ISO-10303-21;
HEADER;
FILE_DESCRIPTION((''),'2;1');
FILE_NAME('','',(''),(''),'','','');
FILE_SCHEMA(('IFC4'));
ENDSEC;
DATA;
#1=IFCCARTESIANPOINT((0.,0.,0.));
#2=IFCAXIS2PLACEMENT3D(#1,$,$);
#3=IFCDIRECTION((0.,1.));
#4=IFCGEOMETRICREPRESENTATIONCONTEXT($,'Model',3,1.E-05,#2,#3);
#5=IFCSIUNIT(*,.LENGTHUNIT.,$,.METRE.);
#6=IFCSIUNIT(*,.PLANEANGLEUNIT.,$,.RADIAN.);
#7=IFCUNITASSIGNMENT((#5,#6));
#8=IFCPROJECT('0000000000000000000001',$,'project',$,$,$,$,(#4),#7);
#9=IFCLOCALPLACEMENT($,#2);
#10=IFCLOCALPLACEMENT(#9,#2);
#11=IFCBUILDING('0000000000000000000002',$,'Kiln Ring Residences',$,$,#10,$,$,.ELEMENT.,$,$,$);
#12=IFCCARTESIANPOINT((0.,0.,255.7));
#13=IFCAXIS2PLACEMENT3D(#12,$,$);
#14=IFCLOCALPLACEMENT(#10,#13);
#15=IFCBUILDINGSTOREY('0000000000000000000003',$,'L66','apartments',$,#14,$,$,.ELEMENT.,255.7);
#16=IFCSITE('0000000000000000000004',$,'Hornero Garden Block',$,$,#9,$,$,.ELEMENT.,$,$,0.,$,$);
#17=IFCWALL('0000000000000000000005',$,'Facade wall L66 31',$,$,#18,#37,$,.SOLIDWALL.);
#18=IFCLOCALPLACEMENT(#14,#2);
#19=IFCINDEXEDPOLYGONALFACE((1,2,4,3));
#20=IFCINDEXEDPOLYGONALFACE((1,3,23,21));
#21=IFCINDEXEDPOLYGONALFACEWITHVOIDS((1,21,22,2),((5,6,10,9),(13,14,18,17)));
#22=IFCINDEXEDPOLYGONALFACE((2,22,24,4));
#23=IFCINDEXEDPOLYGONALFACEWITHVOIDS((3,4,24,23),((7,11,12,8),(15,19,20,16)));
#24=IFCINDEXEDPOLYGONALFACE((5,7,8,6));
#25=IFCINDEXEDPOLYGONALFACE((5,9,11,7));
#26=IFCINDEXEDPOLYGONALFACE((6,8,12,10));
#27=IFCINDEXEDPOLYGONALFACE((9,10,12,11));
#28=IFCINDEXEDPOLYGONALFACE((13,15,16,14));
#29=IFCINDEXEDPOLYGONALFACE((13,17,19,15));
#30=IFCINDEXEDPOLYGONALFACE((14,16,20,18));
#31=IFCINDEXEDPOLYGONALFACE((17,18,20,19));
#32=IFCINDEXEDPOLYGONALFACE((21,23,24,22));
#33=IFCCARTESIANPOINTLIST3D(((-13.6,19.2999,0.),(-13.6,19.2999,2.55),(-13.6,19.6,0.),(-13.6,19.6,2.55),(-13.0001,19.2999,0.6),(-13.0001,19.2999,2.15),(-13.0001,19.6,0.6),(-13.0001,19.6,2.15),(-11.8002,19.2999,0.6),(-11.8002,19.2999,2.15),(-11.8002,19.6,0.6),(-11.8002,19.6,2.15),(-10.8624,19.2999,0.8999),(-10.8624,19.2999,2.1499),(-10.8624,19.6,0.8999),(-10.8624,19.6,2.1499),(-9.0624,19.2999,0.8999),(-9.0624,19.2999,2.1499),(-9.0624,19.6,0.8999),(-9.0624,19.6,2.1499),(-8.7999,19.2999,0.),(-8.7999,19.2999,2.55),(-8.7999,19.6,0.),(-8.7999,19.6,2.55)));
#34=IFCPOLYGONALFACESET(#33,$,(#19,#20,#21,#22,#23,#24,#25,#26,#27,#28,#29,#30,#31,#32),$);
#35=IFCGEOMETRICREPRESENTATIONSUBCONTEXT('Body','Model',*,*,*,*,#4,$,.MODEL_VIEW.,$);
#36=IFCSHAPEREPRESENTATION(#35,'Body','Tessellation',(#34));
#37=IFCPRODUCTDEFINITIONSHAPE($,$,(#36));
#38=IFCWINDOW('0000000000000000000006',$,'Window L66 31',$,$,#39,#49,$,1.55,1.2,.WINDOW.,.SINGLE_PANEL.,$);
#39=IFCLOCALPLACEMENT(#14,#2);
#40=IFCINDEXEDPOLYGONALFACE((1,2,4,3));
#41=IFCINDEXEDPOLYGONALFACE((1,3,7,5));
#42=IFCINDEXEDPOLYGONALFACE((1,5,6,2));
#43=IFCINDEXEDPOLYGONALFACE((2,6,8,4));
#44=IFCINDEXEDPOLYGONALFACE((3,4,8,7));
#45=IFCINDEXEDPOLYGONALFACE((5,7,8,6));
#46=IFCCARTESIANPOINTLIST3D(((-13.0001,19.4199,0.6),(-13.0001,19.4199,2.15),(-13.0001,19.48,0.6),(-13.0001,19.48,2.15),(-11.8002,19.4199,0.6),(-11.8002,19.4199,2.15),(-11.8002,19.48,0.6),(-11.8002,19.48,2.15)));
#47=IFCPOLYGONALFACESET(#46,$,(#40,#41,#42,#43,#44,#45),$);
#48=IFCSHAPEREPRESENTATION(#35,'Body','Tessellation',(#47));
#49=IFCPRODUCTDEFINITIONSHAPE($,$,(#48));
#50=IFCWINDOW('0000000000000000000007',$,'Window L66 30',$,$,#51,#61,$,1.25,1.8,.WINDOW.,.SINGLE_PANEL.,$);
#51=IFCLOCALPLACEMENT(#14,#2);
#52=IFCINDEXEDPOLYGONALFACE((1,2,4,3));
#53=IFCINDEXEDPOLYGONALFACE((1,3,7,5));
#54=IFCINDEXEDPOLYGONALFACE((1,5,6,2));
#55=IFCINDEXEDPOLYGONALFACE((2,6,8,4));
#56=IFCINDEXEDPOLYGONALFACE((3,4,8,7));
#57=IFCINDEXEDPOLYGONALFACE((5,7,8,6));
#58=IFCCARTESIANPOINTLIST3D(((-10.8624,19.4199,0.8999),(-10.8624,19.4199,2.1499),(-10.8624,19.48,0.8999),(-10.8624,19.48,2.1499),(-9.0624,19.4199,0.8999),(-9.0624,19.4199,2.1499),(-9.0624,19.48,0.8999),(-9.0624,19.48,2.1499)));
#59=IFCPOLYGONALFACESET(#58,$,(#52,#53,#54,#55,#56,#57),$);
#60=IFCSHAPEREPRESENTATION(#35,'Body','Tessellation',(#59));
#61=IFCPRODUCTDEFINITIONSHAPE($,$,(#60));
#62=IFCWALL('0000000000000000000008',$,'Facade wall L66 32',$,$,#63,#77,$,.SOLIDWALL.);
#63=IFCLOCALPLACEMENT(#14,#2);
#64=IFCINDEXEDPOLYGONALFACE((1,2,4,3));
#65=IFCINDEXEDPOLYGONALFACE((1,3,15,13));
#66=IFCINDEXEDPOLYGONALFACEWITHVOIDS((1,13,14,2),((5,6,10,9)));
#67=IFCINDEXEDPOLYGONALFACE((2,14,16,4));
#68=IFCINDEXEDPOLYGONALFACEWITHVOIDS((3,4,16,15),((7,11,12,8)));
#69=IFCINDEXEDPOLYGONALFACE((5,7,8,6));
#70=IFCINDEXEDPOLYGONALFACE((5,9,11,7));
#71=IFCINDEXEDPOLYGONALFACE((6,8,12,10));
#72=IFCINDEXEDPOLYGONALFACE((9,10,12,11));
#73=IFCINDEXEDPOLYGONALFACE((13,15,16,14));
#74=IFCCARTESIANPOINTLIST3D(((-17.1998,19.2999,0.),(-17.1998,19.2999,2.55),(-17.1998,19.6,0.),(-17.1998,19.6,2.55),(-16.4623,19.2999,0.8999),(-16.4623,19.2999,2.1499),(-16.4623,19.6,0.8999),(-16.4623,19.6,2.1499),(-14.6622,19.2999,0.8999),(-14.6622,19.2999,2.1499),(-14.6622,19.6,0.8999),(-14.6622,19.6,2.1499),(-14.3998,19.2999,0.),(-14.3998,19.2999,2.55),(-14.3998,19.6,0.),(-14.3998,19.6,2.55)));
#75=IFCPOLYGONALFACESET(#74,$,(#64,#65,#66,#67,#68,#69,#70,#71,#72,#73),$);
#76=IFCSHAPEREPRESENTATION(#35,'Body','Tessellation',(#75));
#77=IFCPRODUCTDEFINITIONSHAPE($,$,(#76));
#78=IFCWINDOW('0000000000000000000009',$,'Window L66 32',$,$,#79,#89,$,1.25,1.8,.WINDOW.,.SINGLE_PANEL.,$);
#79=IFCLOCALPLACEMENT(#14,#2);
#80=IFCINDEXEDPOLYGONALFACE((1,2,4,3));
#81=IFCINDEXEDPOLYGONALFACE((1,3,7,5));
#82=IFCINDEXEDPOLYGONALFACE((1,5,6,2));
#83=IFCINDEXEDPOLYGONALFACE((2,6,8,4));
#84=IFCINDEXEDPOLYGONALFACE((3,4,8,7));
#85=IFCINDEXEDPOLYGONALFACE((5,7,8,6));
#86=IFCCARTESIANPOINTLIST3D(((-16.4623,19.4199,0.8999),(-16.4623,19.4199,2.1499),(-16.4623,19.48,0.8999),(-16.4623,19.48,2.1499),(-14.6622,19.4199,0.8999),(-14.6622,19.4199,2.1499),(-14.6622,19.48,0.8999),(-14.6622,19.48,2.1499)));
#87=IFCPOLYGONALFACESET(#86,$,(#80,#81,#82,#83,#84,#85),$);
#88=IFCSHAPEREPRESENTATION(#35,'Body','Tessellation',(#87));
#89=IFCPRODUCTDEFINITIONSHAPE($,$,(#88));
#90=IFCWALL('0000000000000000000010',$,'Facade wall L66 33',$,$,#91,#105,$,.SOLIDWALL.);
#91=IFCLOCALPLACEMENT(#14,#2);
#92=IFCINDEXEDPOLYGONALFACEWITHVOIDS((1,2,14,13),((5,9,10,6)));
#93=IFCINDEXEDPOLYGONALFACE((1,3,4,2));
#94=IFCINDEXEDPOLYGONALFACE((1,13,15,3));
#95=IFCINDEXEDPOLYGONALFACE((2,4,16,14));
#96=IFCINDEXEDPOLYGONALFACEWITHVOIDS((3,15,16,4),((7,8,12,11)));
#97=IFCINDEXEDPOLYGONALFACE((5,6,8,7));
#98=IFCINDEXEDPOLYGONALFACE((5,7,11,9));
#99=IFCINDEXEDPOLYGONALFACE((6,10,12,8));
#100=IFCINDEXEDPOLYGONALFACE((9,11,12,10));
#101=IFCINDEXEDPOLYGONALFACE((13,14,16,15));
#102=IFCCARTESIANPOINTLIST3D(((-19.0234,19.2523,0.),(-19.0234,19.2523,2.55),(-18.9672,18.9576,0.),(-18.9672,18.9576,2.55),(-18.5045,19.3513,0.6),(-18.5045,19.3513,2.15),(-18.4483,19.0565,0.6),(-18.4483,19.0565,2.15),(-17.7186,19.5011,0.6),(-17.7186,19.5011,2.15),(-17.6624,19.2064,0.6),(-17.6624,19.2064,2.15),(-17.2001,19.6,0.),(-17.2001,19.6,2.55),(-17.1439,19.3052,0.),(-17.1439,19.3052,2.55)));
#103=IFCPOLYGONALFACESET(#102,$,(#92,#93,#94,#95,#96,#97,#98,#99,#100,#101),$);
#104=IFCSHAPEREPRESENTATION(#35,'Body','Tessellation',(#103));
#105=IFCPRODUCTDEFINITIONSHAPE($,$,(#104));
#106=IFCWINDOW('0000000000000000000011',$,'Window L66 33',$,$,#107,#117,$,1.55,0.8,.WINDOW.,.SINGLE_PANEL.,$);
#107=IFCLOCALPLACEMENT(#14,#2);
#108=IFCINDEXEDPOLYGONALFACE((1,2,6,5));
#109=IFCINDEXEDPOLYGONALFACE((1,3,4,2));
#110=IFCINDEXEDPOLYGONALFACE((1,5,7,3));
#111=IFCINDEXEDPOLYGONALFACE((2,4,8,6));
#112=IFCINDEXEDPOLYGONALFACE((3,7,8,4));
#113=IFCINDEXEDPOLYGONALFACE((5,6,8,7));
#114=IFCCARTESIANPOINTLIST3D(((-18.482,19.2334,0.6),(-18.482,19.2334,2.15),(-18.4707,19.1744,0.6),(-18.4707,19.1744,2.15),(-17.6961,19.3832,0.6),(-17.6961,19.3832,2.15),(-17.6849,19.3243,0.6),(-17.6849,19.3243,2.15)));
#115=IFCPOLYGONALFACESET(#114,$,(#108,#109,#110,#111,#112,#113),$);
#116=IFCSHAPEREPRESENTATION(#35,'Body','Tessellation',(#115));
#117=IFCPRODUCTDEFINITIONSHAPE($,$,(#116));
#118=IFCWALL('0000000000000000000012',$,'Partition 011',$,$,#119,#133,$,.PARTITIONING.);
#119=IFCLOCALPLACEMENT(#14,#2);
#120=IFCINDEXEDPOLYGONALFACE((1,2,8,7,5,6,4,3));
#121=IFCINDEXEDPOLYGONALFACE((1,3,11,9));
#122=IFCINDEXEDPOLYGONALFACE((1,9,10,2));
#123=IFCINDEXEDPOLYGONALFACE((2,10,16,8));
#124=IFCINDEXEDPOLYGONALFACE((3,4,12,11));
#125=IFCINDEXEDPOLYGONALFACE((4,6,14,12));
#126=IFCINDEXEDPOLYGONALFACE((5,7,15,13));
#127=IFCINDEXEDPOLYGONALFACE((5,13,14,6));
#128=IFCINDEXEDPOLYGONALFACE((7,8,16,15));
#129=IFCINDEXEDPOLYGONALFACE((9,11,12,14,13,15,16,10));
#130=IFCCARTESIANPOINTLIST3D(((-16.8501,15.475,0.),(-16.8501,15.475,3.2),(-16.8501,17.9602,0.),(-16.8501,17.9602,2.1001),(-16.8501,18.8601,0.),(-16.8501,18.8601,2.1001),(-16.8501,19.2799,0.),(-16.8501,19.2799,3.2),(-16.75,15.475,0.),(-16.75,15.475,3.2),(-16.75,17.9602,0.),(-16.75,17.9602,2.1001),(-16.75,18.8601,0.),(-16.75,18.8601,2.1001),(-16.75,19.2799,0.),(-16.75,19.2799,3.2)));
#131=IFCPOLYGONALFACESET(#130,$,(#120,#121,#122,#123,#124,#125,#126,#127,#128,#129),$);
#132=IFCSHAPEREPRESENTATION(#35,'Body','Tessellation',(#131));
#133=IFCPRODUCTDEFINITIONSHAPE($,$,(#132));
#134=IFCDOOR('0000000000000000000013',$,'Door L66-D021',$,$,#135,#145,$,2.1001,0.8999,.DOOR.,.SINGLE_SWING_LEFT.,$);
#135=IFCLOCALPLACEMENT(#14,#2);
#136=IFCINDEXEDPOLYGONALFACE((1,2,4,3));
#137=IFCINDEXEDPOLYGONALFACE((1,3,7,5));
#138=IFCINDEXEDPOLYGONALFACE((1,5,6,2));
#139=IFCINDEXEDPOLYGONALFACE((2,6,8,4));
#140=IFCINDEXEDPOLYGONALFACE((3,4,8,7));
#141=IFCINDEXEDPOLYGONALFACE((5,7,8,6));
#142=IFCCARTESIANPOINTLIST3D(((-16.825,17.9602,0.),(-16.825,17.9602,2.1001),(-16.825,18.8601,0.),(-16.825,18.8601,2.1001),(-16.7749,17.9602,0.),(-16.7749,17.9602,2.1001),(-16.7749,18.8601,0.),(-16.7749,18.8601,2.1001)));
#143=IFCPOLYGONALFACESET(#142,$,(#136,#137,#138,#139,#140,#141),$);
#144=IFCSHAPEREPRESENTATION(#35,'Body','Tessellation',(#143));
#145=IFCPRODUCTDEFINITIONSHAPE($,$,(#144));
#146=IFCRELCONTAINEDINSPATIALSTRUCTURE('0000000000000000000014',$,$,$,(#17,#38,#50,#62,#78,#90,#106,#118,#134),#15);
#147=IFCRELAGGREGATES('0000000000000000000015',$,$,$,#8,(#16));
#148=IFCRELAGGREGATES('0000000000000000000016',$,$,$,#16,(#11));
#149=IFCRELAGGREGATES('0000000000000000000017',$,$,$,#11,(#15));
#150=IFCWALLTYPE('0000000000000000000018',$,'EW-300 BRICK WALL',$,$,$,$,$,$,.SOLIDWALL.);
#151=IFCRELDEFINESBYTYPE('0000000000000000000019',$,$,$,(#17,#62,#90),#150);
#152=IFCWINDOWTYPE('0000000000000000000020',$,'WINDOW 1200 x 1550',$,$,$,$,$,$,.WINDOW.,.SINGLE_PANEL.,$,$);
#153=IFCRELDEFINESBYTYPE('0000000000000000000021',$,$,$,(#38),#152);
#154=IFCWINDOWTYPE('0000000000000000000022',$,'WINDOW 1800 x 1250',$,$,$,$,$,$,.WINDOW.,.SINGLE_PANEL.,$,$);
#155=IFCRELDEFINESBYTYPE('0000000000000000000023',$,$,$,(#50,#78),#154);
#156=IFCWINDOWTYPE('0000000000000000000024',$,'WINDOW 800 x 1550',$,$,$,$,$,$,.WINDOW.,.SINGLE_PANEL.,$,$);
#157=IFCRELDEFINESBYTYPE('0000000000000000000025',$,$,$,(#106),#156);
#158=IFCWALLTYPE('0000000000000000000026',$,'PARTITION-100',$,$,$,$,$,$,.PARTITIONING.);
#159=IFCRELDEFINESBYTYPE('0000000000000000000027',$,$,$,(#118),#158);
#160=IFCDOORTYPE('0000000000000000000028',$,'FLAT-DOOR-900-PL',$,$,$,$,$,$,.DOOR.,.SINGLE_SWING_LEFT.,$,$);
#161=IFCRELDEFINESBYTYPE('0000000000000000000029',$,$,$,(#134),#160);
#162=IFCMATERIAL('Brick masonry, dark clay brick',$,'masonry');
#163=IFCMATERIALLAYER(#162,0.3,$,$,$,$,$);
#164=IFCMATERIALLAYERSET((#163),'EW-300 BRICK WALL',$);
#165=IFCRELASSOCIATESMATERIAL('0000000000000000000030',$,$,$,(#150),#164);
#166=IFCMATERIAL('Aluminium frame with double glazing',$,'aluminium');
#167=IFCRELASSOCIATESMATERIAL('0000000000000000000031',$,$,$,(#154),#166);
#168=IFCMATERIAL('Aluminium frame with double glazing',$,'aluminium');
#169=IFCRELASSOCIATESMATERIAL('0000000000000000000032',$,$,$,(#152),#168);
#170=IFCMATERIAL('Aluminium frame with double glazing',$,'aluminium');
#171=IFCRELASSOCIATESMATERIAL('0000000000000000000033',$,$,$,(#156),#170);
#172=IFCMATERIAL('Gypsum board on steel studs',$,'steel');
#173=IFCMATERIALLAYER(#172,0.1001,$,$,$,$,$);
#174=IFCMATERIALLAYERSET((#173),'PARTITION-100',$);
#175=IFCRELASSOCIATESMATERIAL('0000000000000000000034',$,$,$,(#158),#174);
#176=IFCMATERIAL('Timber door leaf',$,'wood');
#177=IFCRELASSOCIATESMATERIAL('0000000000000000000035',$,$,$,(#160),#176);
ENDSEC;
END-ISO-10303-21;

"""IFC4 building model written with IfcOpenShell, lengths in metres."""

from ifc_helpers import new_model, si_unit, direction, frame, frame_2d, origin, place, context, subcontext, project, spatial, rectangle, extrude, material, layer, layer_set, type_object, element, fill, save


model = new_model("IFC4")

# Units and contexts
model_context = context("Model", 3, precision=1e-05, world=origin(), true_north=direction((0.0, 1.0)))
body_context = subcontext(model_context, "Body", "Model", "MODEL_VIEW")
ifc_project = project(units=[si_unit("LENGTHUNIT", "METRE"), si_unit("PLANEANGLEUNIT", "RADIAN")], contexts=[model_context])

# Site, building, storey
site_placement = place(None, origin())
site = spatial("IfcSite", under=ifc_project, at=site_placement, Name="Hornero Garden Block", CompositionType="ELEMENT", RefElevation=0.0)
building_placement = place(site_placement, origin())
building = spatial("IfcBuilding", under=site, at=building_placement, Name="Kiln Ring Residences", CompositionType="ELEMENT")
storey_placement = place(building_placement, frame((0.0, 0.0, 255.7)))
storey = spatial("IfcBuildingStorey", under=building, at=storey_placement, Name="L66", Description="apartments", CompositionType="ELEMENT", Elevation=255.7)

# Wall, openings, windows
ifc_material_1 = material(Name="Brick masonry, dark clay brick", Category="masonry")
ifc_layer_1 = layer(ifc_material_1, 0.3)
ifc_layer_set_1 = layer_set([ifc_layer_1], Name="EW-300 BRICK WALL")
wall_type_1 = type_object("IfcWallType", Name="EW-300 BRICK WALL", PredefinedType="SOLIDWALL", material=ifc_layer_set_1)
ifc_material_2 = material(Name="Aluminium frame with double glazing", Category="aluminium")
window_type_1 = type_object("IfcWindowType", Name="WINDOW 1800 x 1250", PartitioningType="SINGLE_PANEL", PredefinedType="WINDOW", material=ifc_material_2)
wall_1_placement = place(storey_placement, frame((-8.8, 19.45, 0.0), z_axis=(0.0, 0.0, 1.0), x_axis=(-1.0, 0.0, 0.0)))
wall_1 = element("IfcWall", 1, at=wall_1_placement, inside=storey, type_object=wall_type_1, Name="Facade wall L66 31", PredefinedType="SOLIDWALL", context=body_context, shape_type="SweptSolid", body=[
    extrude(rectangle(XDim=4.8, YDim=0.3, at=frame_2d((2.3999, 0.0))), origin(), (0.0, 0.0, 1.0), 2.55),
])
opening_1_placement = place(wall_1_placement, frame((0.2625, 0.0, 0.8999)))
opening_1 = element("IfcOpeningElement", 2, at=opening_1_placement, cuts=wall_1, PredefinedType="OPENING", context=body_context, shape_type="SweptSolid", body=[
    extrude(rectangle(XDim=1.8, YDim=1.25, at=frame_2d((0.8999, 0.625))), frame((0.0, 0.1599, 0.0), z_axis=(0.0, -1.0, 0.0), x_axis=(1.0, 0.0, 0.0)), (0.0, 0.0, 1.0), 0.3201),
])
opening_2_placement = place(wall_1_placement, frame((3.0, 0.0, 0.6001)))
opening_2 = element("IfcOpeningElement", 3, at=opening_2_placement, cuts=wall_1, PredefinedType="OPENING", context=body_context, shape_type="SweptSolid", body=[
    extrude(rectangle(XDim=1.2, YDim=1.55, at=frame_2d((0.6001, 0.7749))), frame((0.0, 0.1599, 0.0), z_axis=(0.0, -1.0, 0.0), x_axis=(1.0, 0.0, 0.0)), (0.0, 0.0, 1.0), 0.3201),
])
ifc_material_3 = material(Name="Aluminium frame with double glazing", Category="aluminium")
window_type_2 = type_object("IfcWindowType", Name="WINDOW 1200 x 1550", PartitioningType="SINGLE_PANEL", PredefinedType="WINDOW", material=ifc_material_3)
window_1_placement = place(opening_2_placement, origin())
window_1 = element("IfcWindow", 4, at=window_1_placement, inside=storey, type_object=window_type_2, Name="Window L66 31", OverallHeight=1.55, OverallWidth=1.2, PartitioningType="SINGLE_PANEL", PredefinedType="WINDOW", context=body_context, shape_type="SweptSolid", body=[
    extrude(rectangle(XDim=1.2, YDim=1.55, at=frame_2d((0.6001, 0.7749))), frame((0.0, 0.03, 0.0), z_axis=(0.0, -1.0, 0.0), x_axis=(1.0, 0.0, 0.0)), (0.0, 0.0, 1.0), 0.0601),
])
fill(opening_2, window_1)
window_2_placement = place(opening_1_placement, origin())
window_2 = element("IfcWindow", 5, at=window_2_placement, inside=storey, type_object=window_type_1, Name="Window L66 30", OverallHeight=1.25, OverallWidth=1.8, PartitioningType="SINGLE_PANEL", PredefinedType="WINDOW", context=body_context, shape_type="SweptSolid", body=[
    extrude(rectangle(XDim=1.8, YDim=1.25, at=frame_2d((0.8999, 0.625))), frame((0.0, 0.03, 0.0), z_axis=(0.0, -1.0, 0.0), x_axis=(1.0, 0.0, 0.0)), (0.0, 0.0, 1.0), 0.0601),
])
fill(opening_1, window_2)

# Walls, openings, windows
wall_2_placement = place(storey_placement, frame((-14.3999, 19.45, 0.0), z_axis=(0.0, 0.0, 1.0), x_axis=(-1.0, 0.0, 0.0)))
wall_2 = element("IfcWall", 6, at=wall_2_placement, inside=storey, type_object=wall_type_1, Name="Facade wall L66 32", PredefinedType="SOLIDWALL", context=body_context, shape_type="SweptSolid", body=[
    extrude(rectangle(XDim=2.8, YDim=0.3, at=frame_2d((1.3999, 0.0))), origin(), (0.0, 0.0, 1.0), 2.55),
])
opening_3_placement = place(wall_2_placement, frame((0.2625, 0.0, 0.8999)))
opening_3 = element("IfcOpeningElement", 7, at=opening_3_placement, cuts=wall_2, PredefinedType="OPENING", context=body_context, shape_type="SweptSolid", body=[
    extrude(rectangle(XDim=1.8, YDim=1.25, at=frame_2d((0.8999, 0.625))), frame((0.0, 0.1599, 0.0), z_axis=(0.0, -1.0, 0.0), x_axis=(1.0, 0.0, 0.0)), (0.0, 0.0, 1.0), 0.3201),
])
window_3_placement = place(opening_3_placement, origin())
window_3 = element("IfcWindow", 8, at=window_3_placement, inside=storey, type_object=window_type_1, Name="Window L66 32", OverallHeight=1.25, OverallWidth=1.8, PartitioningType="SINGLE_PANEL", PredefinedType="WINDOW", context=body_context, shape_type="SweptSolid", body=[
    extrude(rectangle(XDim=1.8, YDim=1.25, at=frame_2d((0.8999, 0.625))), frame((0.0, 0.03, 0.0), z_axis=(0.0, -1.0, 0.0), x_axis=(1.0, 0.0, 0.0)), (0.0, 0.0, 1.0), 0.0601),
])
fill(opening_3, window_3)
wall_3_placement = place(storey_placement, frame((-17.1719, 19.4526, 0.0), z_axis=(0.0, 0.0, 1.0), x_axis=(-0.982302, -0.187306, 0.0)))
wall_3 = element("IfcWall", 9, at=wall_3_placement, inside=storey, type_object=wall_type_1, Name="Facade wall L66 33", PredefinedType="SOLIDWALL", context=body_context, shape_type="SweptSolid", body=[
    extrude(rectangle(XDim=1.8562, YDim=0.3, at=frame_2d((0.9282, 0.0))), origin(), (0.0, 0.0, 1.0), 2.55),
])
opening_4_placement = place(wall_3_placement, frame((0.5281, 0.0, 0.6001)))
opening_4 = element("IfcOpeningElement", 10, at=opening_4_placement, cuts=wall_3, PredefinedType="OPENING", context=body_context, shape_type="SweptSolid", body=[
    extrude(rectangle(XDim=0.8, YDim=1.55, at=frame_2d((0.3999, 0.7749))), frame((0.0, 0.1599, 0.0), z_axis=(0.0, -1.0, 0.0), x_axis=(1.0, 0.0, 0.0)), (0.0, 0.0, 1.0), 0.3201),
])
ifc_material_4 = material(Name="Aluminium frame with double glazing", Category="aluminium")
window_type_3 = type_object("IfcWindowType", Name="WINDOW 800 x 1550", PartitioningType="SINGLE_PANEL", PredefinedType="WINDOW", material=ifc_material_4)
window_4_placement = place(opening_4_placement, origin())
window_4 = element("IfcWindow", 11, at=window_4_placement, inside=storey, type_object=window_type_3, Name="Window L66 33", OverallHeight=1.55, OverallWidth=0.8, PartitioningType="SINGLE_PANEL", PredefinedType="WINDOW", context=body_context, shape_type="SweptSolid", body=[
    extrude(rectangle(XDim=0.8, YDim=1.55, at=frame_2d((0.3999, 0.7749))), frame((0.0, 0.03, 0.0), z_axis=(0.0, -1.0, 0.0), x_axis=(1.0, 0.0, 0.0)), (0.0, 0.0, 1.0), 0.0601),
])
fill(opening_4, window_4)

# Wall, opening, door
ifc_material_5 = material(Name="Gypsum board on steel studs", Category="steel")
ifc_layer_2 = layer(ifc_material_5, 0.1001)
ifc_layer_set_2 = layer_set([ifc_layer_2], Name="PARTITION-100")
wall_type_2 = type_object("IfcWallType", Name="PARTITION-100", PredefinedType="PARTITIONING", material=ifc_layer_set_2)
wall_4_placement = place(storey_placement, frame((-16.8, 15.4751, 0.0), z_axis=(0.0, 0.0, 1.0), x_axis=(0.0, 1.0, 0.0)))
wall_4 = element("IfcWall", 12, at=wall_4_placement, inside=storey, type_object=wall_type_2, Name="Partition 011", PredefinedType="PARTITIONING", context=body_context, shape_type="SweptSolid", body=[
    extrude(rectangle(XDim=3.8049, YDim=0.1001, at=frame_2d((1.9023, 0.0))), origin(), (0.0, 0.0, 1.0), 3.2),
])
opening_5_placement = place(wall_4_placement, frame((2.4851, 0.0, 0.0)))
opening_5 = element("IfcOpeningElement", 13, at=opening_5_placement, cuts=wall_4, PredefinedType="OPENING", context=body_context, shape_type="SweptSolid", body=[
    extrude(rectangle(XDim=0.8999, YDim=2.1001, at=frame_2d((0.45, 1.05))), frame((0.0, 0.0601, 0.0), z_axis=(0.0, -1.0, 0.0), x_axis=(1.0, 0.0, 0.0)), (0.0, 0.0, 1.0), 0.1201),
])
ifc_material_6 = material(Name="Timber door leaf", Category="wood")
door_type_1 = type_object("IfcDoorType", Name="FLAT-DOOR-900-PL", OperationType="SINGLE_SWING_LEFT", PredefinedType="DOOR", material=ifc_material_6)
door_1_placement = place(opening_5_placement, origin())
door_1 = element("IfcDoor", 14, at=door_1_placement, inside=storey, type_object=door_type_1, Name="Door L66-D021", OperationType="SINGLE_SWING_LEFT", OverallHeight=2.1001, OverallWidth=0.8999, PredefinedType="DOOR", context=body_context, shape_type="SweptSolid", body=[
    extrude(rectangle(XDim=0.8999, YDim=2.1001, at=frame_2d((0.45, 1.05))), frame((0.0, 0.0249, 0.0), z_axis=(0.0, -1.0, 0.0), x_axis=(1.0, 0.0, 0.0)), (0.0, 0.0, 1.0), 0.05),
])
fill(opening_5, door_1)

save(model, "model.ifc")
